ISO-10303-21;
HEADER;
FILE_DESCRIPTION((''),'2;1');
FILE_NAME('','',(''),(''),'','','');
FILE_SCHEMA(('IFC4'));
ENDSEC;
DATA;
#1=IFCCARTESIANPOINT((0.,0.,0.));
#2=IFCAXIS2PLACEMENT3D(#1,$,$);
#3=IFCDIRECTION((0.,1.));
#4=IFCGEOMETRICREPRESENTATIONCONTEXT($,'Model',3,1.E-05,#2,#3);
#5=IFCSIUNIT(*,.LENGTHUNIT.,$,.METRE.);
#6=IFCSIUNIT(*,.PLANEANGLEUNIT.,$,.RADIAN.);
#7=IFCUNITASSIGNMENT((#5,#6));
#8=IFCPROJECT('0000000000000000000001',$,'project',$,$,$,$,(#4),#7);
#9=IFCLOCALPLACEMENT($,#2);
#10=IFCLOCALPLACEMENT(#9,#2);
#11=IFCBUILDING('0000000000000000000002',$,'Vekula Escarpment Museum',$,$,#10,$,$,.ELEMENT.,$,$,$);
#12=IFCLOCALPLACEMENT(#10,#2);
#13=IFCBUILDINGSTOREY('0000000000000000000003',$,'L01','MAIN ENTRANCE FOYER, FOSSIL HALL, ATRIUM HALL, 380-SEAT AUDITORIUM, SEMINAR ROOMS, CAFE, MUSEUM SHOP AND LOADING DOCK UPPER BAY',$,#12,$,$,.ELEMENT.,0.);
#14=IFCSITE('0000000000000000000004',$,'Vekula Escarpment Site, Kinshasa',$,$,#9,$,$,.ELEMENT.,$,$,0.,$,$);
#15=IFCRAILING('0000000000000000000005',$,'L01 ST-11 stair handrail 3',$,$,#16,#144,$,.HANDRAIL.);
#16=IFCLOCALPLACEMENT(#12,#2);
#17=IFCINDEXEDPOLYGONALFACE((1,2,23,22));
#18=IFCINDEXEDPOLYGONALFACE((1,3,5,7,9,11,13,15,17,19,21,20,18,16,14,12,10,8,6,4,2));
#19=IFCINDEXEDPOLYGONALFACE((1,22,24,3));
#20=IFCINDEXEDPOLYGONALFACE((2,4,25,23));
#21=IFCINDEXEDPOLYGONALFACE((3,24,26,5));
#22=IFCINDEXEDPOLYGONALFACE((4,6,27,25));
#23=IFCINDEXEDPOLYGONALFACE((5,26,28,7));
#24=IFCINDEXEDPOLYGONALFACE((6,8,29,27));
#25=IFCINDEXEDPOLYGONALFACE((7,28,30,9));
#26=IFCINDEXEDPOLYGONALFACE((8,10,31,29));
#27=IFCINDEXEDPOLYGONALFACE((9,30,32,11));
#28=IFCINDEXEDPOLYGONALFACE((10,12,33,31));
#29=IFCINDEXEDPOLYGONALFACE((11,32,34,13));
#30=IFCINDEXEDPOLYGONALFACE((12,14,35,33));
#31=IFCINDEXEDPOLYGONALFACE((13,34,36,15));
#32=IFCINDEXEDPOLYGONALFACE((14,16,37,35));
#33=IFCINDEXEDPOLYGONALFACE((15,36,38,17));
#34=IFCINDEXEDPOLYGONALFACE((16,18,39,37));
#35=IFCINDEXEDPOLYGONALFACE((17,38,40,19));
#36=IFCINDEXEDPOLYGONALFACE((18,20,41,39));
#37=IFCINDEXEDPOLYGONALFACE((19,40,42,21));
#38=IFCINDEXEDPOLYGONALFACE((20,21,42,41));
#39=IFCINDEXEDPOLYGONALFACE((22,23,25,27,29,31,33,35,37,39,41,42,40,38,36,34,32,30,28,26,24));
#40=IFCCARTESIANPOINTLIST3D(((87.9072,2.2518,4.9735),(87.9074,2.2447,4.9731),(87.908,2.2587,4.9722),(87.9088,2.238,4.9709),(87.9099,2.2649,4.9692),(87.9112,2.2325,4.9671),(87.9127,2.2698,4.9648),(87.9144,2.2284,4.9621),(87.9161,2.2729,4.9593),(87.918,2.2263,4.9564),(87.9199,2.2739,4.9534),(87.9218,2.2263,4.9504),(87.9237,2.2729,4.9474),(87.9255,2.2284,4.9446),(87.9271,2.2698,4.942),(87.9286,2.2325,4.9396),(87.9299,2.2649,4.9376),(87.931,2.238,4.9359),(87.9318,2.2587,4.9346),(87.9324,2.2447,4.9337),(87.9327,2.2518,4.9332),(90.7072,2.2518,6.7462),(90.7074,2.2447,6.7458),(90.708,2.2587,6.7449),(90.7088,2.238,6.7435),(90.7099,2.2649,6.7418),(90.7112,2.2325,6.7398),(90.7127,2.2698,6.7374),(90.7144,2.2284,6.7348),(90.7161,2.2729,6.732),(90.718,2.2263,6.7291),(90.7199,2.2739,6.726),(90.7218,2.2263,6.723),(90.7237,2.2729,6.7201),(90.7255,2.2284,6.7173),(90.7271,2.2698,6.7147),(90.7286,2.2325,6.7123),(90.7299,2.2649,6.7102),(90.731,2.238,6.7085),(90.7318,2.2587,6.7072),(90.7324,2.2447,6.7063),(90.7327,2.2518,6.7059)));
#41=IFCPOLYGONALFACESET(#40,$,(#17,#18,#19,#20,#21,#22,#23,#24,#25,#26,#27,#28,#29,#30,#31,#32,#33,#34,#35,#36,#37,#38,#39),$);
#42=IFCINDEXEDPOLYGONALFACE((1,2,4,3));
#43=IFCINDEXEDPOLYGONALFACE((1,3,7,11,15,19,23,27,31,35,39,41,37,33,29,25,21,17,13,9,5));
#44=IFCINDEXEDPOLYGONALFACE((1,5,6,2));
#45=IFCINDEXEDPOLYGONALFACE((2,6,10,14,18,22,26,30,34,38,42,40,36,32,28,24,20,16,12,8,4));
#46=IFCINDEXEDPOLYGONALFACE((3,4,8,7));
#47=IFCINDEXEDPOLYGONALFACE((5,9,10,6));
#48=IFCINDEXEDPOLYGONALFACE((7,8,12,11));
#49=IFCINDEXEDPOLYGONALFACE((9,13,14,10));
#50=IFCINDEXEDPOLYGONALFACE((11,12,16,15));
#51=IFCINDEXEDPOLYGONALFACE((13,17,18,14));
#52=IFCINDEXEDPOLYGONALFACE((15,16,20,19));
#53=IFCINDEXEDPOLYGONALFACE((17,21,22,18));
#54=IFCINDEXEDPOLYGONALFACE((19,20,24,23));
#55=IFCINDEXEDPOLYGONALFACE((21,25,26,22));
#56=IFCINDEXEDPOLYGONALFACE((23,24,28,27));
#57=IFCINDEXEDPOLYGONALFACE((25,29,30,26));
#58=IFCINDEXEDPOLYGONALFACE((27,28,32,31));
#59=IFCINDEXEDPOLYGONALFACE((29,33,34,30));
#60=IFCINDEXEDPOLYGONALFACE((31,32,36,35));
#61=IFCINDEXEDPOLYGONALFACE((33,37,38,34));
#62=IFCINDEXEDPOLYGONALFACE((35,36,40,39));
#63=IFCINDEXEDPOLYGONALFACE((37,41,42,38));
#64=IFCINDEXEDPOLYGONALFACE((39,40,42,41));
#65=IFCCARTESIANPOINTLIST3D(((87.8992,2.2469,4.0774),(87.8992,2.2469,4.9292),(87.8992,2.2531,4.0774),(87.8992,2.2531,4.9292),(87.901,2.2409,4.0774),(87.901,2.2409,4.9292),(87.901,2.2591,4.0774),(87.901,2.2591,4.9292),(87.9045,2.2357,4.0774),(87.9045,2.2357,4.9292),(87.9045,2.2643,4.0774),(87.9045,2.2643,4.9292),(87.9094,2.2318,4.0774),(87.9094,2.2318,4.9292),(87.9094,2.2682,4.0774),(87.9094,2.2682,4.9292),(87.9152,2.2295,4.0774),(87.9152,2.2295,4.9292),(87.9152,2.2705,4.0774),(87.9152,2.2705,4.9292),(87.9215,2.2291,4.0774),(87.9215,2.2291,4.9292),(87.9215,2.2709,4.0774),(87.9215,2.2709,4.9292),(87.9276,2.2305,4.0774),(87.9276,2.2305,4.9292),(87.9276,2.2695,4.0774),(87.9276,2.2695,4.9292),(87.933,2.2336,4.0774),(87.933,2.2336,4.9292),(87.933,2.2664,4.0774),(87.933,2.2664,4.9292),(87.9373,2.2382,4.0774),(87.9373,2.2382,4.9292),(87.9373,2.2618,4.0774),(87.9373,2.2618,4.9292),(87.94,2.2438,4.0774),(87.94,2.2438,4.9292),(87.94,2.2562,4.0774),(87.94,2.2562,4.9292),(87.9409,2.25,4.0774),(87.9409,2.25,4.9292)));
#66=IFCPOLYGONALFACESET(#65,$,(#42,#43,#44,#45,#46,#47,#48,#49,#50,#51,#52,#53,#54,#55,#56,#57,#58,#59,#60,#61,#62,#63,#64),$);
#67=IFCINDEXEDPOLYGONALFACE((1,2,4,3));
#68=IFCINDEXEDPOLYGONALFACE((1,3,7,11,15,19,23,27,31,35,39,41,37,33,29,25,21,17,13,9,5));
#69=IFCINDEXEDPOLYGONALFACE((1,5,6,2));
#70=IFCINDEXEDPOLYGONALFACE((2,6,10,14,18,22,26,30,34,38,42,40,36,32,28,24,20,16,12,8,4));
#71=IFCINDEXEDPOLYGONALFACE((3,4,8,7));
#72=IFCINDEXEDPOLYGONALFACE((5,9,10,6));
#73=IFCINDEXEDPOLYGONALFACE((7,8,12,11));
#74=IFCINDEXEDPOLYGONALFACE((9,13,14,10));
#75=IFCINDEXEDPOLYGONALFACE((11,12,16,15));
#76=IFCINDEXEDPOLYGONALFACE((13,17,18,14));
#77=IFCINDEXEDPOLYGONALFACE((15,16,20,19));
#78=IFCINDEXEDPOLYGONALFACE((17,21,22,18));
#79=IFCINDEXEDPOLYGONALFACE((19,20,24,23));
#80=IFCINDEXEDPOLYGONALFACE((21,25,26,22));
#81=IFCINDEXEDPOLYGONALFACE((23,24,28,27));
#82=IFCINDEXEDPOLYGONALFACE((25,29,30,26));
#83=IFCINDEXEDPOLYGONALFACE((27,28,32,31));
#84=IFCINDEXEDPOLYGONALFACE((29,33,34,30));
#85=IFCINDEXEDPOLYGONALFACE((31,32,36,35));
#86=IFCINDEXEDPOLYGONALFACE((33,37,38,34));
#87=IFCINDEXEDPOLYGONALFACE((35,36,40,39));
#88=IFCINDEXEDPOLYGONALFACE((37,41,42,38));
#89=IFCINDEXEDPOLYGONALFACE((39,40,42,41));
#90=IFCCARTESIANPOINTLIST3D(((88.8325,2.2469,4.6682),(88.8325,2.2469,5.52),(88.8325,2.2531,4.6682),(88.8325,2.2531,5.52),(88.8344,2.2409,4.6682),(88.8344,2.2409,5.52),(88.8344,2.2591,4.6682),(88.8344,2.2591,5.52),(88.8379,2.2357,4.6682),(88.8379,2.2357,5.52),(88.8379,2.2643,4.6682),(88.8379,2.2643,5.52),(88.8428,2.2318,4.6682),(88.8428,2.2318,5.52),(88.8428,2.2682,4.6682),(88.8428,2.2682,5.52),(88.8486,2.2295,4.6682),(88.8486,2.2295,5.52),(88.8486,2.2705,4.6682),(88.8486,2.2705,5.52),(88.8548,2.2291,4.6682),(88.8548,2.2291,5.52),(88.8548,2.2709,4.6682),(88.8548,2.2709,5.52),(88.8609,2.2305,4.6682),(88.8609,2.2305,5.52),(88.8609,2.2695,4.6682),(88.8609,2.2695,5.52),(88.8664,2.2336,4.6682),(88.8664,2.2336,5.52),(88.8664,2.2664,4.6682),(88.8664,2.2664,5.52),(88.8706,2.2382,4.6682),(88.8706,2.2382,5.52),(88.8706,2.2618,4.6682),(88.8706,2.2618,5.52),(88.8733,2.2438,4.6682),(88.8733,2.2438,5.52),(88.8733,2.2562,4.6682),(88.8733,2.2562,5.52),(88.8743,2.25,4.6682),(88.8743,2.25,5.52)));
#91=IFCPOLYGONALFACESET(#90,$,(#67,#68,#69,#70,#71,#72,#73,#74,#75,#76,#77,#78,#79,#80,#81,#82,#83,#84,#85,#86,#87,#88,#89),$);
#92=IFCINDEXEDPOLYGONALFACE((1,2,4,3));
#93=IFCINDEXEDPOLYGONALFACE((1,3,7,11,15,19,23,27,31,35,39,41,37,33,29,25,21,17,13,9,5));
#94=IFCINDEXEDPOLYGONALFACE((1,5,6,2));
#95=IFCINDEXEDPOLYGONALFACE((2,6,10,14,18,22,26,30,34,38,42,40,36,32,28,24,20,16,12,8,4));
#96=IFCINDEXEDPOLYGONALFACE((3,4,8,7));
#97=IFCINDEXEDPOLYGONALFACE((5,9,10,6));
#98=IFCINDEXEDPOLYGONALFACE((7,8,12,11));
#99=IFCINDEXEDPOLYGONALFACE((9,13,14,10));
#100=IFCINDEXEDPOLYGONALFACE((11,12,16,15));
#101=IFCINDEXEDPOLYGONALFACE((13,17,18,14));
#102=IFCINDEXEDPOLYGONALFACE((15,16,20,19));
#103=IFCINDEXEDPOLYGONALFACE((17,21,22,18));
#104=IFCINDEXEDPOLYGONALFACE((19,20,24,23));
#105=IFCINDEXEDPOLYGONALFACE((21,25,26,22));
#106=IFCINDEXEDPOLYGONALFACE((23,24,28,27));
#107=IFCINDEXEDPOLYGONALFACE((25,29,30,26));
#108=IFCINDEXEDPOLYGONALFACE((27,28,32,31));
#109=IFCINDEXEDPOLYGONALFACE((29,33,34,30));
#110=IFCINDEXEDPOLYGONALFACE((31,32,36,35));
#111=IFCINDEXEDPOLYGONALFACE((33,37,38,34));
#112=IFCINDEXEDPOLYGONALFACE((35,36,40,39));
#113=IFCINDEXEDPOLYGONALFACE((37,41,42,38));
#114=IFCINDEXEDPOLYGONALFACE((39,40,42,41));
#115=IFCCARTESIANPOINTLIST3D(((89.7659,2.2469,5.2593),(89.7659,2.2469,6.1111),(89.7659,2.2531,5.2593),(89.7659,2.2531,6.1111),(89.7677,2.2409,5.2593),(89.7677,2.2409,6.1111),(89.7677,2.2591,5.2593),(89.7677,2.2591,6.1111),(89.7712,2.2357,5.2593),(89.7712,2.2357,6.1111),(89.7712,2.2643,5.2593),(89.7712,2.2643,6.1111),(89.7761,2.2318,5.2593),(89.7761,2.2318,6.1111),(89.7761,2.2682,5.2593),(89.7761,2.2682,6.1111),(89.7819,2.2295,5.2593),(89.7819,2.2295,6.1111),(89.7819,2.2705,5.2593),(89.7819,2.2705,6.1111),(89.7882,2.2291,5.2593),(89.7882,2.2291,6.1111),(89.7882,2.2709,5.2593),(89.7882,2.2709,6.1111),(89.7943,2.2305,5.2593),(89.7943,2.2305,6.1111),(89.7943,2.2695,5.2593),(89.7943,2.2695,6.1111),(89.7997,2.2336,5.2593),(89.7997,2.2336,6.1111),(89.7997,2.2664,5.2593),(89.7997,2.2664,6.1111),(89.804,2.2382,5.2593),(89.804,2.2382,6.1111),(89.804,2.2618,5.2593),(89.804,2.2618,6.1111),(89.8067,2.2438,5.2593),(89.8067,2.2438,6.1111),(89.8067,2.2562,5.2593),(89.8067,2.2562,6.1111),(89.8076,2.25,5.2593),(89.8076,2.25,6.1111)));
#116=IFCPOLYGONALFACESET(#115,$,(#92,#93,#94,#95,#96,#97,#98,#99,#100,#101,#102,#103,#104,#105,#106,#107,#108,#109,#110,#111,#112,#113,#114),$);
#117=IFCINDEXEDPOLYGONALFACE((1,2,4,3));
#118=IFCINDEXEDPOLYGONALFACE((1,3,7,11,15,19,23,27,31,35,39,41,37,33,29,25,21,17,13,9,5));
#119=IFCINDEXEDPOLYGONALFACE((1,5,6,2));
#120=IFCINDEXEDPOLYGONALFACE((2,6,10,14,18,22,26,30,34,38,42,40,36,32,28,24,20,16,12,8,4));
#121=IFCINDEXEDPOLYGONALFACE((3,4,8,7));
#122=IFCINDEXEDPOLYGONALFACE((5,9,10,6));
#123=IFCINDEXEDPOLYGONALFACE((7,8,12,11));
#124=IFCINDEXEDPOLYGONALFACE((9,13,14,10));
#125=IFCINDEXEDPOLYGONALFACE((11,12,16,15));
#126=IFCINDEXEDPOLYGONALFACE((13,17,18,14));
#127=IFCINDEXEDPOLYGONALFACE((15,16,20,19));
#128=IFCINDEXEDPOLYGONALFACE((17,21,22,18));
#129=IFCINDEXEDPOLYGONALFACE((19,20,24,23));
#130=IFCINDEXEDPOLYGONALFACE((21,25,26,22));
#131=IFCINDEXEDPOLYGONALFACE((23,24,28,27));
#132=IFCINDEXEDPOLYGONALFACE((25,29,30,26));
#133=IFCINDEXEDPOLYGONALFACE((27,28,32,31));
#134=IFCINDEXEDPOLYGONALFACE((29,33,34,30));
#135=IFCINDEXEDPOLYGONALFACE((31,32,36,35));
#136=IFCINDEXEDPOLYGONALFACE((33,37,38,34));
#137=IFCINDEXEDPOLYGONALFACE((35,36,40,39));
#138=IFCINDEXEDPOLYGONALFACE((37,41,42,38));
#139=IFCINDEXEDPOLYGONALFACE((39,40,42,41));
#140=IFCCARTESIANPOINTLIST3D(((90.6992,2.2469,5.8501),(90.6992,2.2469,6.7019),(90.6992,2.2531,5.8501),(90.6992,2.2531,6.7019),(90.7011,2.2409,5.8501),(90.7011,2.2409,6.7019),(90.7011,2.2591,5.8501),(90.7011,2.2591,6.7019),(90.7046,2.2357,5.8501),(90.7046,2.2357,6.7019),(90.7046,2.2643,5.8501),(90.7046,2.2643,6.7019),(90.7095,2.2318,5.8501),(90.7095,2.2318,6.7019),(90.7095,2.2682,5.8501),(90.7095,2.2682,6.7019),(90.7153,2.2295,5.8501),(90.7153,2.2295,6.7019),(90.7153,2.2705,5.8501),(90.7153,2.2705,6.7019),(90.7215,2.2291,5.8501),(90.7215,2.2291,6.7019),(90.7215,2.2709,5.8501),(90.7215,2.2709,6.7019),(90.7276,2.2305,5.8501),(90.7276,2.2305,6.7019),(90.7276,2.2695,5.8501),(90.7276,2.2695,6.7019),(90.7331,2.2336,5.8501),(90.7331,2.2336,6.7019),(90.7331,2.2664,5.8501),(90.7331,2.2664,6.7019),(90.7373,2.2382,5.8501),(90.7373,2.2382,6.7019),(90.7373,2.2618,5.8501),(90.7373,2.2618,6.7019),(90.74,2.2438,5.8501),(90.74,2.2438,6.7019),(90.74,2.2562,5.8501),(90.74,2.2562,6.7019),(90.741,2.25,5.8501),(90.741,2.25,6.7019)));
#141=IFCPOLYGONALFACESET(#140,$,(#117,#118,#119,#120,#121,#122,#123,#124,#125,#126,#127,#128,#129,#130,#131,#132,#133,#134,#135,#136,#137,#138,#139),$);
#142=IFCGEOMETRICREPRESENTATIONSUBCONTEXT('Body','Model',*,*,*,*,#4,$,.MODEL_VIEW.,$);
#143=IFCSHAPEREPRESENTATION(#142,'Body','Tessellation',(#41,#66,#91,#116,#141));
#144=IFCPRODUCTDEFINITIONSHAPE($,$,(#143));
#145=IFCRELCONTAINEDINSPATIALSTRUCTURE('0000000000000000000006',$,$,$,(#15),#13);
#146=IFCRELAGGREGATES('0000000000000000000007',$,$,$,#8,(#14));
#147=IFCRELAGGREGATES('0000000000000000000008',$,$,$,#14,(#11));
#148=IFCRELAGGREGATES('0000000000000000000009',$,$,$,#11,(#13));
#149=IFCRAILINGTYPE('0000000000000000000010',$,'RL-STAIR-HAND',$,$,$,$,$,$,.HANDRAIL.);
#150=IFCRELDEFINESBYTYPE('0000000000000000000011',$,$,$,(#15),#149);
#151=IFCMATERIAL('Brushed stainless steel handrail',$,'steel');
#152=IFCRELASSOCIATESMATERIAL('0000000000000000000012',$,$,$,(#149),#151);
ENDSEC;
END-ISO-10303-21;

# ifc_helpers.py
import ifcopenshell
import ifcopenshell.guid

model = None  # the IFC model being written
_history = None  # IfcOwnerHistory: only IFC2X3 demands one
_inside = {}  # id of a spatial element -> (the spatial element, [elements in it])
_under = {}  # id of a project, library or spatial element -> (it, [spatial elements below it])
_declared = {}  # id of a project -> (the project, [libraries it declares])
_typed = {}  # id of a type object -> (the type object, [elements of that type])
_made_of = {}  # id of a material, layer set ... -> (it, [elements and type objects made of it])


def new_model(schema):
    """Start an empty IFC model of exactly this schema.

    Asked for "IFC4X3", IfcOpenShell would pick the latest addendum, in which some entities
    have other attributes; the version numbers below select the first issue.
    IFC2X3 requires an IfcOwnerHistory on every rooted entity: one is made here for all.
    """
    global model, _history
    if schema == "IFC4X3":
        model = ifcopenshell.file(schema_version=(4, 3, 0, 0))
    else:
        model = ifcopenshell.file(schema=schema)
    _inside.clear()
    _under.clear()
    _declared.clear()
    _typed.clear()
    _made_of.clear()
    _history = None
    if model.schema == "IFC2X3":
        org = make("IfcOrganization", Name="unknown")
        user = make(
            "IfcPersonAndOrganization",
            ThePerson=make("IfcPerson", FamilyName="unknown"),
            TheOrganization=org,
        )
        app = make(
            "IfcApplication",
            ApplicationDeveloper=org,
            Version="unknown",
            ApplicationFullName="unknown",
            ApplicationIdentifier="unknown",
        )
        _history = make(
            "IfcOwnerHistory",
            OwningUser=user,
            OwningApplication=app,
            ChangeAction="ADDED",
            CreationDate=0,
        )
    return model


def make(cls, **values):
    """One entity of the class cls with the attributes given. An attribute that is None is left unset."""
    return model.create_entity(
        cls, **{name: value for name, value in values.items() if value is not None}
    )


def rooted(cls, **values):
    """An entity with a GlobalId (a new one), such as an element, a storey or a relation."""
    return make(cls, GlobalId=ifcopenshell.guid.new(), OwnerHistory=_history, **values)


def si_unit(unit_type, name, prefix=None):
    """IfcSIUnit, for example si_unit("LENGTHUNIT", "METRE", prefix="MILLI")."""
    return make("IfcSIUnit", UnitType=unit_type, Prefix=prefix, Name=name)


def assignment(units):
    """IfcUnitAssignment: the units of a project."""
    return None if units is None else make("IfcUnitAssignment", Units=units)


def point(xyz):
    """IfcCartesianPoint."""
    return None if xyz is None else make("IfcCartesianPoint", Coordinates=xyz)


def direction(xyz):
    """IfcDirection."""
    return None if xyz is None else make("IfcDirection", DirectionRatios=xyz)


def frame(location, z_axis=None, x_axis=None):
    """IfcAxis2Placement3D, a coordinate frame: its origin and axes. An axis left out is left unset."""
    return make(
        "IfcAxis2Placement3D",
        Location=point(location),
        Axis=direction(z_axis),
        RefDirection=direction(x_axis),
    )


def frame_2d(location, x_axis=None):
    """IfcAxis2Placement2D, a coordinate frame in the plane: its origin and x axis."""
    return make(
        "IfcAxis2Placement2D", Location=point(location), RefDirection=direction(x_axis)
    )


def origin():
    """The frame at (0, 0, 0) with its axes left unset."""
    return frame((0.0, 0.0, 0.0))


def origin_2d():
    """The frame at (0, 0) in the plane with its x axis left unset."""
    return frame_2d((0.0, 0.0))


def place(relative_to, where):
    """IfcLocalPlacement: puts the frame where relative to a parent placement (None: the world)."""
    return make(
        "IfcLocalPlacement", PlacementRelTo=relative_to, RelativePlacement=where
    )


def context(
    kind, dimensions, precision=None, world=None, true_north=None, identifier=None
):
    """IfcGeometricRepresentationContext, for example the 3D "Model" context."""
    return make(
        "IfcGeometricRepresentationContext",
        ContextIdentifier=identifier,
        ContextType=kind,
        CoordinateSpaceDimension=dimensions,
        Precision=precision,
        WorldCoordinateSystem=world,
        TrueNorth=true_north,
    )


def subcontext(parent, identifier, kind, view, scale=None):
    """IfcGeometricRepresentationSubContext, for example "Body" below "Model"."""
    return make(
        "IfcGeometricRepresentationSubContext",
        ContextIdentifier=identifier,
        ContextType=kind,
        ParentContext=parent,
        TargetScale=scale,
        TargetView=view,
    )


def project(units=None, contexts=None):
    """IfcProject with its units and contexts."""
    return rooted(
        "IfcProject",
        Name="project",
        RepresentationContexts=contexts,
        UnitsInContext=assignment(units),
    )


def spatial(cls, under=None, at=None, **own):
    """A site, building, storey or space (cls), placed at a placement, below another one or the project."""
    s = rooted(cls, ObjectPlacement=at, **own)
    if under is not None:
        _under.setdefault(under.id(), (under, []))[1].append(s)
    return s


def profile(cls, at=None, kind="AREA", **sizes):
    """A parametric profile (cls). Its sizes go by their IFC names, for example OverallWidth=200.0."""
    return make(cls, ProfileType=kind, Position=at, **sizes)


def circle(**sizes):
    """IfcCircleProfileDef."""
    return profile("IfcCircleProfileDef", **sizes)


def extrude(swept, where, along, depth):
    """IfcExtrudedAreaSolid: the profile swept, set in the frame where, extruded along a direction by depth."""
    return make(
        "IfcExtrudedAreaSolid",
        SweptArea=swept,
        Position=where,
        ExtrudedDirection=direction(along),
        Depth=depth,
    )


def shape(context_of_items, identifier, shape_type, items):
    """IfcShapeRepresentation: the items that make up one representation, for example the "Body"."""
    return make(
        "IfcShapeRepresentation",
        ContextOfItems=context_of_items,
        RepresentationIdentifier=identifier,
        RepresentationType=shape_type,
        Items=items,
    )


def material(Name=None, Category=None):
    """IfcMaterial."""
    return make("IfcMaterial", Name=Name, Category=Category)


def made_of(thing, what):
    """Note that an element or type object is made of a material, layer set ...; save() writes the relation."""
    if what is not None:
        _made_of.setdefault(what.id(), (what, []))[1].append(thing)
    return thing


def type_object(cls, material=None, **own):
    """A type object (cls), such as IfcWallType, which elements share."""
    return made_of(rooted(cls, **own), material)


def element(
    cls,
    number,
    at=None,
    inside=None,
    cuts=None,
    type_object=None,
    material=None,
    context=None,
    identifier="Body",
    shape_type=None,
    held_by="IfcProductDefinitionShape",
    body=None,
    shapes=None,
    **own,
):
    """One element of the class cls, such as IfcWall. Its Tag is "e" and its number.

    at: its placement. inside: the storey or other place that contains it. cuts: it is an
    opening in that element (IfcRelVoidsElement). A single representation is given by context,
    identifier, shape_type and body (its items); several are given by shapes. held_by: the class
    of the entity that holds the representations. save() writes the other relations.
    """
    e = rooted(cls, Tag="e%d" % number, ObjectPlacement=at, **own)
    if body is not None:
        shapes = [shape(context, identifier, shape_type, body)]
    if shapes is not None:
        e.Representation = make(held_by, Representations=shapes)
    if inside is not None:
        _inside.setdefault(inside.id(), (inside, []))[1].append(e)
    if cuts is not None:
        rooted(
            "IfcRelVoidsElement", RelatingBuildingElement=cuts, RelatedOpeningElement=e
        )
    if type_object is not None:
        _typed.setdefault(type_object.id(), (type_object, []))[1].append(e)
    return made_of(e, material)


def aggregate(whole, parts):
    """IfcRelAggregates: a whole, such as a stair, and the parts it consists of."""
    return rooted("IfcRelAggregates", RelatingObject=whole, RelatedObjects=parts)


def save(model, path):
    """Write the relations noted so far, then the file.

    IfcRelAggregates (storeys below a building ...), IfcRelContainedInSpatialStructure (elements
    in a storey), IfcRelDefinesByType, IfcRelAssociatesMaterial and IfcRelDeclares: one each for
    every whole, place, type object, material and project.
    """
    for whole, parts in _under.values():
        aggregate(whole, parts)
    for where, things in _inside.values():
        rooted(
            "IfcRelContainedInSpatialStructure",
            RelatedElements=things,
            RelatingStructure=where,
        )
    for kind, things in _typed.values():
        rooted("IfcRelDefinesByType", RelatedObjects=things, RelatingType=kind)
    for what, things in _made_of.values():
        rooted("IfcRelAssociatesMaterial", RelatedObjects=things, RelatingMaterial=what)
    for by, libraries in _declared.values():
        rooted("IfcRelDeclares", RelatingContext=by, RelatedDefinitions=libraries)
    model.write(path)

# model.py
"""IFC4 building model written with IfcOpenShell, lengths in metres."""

from ifc_helpers import new_model, si_unit, direction, frame, origin, origin_2d, place, context, subcontext, project, spatial, circle, extrude, material, type_object, element, save


model = new_model("IFC4")

# Units and contexts
model_context = context("Model", 3, precision=1e-05, world=origin(), true_north=direction((0.0, 1.0)))
body_context = subcontext(model_context, "Body", "Model", "MODEL_VIEW")
ifc_project = project(units=[si_unit("LENGTHUNIT", "METRE"), si_unit("PLANEANGLEUNIT", "RADIAN")], contexts=[model_context])

# Site, building, storey
site_placement = place(None, origin())
site = spatial("IfcSite", under=ifc_project, at=site_placement, Name="Vekula Escarpment Site, Kinshasa", CompositionType="ELEMENT", RefElevation=0.0)
building_placement = place(site_placement, origin())
building = spatial("IfcBuilding", under=site, at=building_placement, Name="Vekula Escarpment Museum", CompositionType="ELEMENT")
storey_placement = place(building_placement, origin())
storey = spatial("IfcBuildingStorey", under=building, at=storey_placement, Name="L01", Description="MAIN ENTRANCE FOYER, FOSSIL HALL, ATRIUM HALL, 380-SEAT AUDITORIUM, SEMINAR ROOMS, CAFE, MUSEUM SHOP AND LOADING DOCK UPPER BAY", CompositionType="ELEMENT", Elevation=0.0)

# Railing
ifc_material_1 = material(Name="Brushed stainless steel handrail", Category="steel")
railing_type_1 = type_object("IfcRailingType", Name="RL-STAIR-HAND", PredefinedType="HANDRAIL", material=ifc_material_1)
railing_1_placement = place(storey_placement, frame((87.9199, 2.25, 4.0774)))
element("IfcRailing", 1, at=railing_1_placement, inside=storey, type_object=railing_type_1, Name="L01 ST-11 stair handrail 3", PredefinedType="HANDRAIL", context=body_context, shape_type="SweptSolid", body=[
    extrude(circle(Radius=0.0239, at=origin_2d()), frame((0.0, 0.0, 0.876), z_axis=(0.844909, 0.0, 0.53491), x_axis=(0.0, 1.0, 0.0)), (0.0, 0.0, 1.0), 3.314),
    extrude(circle(Radius=0.021, at=origin_2d()), origin(), (0.0, 0.0, 1.0), 0.8518),
    extrude(circle(Radius=0.021, at=origin_2d()), frame((0.9333, 0.0, 0.5908)), (0.0, 0.0, 1.0), 0.8518),
    extrude(circle(Radius=0.021, at=origin_2d()), frame((1.8667, 0.0, 1.1819)), (0.0, 0.0, 1.0), 0.8518),
    extrude(circle(Radius=0.021, at=origin_2d()), frame((2.8, 0.0, 1.7727)), (0.0, 0.0, 1.0), 0.8518),
])

save(model, "model.ifc")
